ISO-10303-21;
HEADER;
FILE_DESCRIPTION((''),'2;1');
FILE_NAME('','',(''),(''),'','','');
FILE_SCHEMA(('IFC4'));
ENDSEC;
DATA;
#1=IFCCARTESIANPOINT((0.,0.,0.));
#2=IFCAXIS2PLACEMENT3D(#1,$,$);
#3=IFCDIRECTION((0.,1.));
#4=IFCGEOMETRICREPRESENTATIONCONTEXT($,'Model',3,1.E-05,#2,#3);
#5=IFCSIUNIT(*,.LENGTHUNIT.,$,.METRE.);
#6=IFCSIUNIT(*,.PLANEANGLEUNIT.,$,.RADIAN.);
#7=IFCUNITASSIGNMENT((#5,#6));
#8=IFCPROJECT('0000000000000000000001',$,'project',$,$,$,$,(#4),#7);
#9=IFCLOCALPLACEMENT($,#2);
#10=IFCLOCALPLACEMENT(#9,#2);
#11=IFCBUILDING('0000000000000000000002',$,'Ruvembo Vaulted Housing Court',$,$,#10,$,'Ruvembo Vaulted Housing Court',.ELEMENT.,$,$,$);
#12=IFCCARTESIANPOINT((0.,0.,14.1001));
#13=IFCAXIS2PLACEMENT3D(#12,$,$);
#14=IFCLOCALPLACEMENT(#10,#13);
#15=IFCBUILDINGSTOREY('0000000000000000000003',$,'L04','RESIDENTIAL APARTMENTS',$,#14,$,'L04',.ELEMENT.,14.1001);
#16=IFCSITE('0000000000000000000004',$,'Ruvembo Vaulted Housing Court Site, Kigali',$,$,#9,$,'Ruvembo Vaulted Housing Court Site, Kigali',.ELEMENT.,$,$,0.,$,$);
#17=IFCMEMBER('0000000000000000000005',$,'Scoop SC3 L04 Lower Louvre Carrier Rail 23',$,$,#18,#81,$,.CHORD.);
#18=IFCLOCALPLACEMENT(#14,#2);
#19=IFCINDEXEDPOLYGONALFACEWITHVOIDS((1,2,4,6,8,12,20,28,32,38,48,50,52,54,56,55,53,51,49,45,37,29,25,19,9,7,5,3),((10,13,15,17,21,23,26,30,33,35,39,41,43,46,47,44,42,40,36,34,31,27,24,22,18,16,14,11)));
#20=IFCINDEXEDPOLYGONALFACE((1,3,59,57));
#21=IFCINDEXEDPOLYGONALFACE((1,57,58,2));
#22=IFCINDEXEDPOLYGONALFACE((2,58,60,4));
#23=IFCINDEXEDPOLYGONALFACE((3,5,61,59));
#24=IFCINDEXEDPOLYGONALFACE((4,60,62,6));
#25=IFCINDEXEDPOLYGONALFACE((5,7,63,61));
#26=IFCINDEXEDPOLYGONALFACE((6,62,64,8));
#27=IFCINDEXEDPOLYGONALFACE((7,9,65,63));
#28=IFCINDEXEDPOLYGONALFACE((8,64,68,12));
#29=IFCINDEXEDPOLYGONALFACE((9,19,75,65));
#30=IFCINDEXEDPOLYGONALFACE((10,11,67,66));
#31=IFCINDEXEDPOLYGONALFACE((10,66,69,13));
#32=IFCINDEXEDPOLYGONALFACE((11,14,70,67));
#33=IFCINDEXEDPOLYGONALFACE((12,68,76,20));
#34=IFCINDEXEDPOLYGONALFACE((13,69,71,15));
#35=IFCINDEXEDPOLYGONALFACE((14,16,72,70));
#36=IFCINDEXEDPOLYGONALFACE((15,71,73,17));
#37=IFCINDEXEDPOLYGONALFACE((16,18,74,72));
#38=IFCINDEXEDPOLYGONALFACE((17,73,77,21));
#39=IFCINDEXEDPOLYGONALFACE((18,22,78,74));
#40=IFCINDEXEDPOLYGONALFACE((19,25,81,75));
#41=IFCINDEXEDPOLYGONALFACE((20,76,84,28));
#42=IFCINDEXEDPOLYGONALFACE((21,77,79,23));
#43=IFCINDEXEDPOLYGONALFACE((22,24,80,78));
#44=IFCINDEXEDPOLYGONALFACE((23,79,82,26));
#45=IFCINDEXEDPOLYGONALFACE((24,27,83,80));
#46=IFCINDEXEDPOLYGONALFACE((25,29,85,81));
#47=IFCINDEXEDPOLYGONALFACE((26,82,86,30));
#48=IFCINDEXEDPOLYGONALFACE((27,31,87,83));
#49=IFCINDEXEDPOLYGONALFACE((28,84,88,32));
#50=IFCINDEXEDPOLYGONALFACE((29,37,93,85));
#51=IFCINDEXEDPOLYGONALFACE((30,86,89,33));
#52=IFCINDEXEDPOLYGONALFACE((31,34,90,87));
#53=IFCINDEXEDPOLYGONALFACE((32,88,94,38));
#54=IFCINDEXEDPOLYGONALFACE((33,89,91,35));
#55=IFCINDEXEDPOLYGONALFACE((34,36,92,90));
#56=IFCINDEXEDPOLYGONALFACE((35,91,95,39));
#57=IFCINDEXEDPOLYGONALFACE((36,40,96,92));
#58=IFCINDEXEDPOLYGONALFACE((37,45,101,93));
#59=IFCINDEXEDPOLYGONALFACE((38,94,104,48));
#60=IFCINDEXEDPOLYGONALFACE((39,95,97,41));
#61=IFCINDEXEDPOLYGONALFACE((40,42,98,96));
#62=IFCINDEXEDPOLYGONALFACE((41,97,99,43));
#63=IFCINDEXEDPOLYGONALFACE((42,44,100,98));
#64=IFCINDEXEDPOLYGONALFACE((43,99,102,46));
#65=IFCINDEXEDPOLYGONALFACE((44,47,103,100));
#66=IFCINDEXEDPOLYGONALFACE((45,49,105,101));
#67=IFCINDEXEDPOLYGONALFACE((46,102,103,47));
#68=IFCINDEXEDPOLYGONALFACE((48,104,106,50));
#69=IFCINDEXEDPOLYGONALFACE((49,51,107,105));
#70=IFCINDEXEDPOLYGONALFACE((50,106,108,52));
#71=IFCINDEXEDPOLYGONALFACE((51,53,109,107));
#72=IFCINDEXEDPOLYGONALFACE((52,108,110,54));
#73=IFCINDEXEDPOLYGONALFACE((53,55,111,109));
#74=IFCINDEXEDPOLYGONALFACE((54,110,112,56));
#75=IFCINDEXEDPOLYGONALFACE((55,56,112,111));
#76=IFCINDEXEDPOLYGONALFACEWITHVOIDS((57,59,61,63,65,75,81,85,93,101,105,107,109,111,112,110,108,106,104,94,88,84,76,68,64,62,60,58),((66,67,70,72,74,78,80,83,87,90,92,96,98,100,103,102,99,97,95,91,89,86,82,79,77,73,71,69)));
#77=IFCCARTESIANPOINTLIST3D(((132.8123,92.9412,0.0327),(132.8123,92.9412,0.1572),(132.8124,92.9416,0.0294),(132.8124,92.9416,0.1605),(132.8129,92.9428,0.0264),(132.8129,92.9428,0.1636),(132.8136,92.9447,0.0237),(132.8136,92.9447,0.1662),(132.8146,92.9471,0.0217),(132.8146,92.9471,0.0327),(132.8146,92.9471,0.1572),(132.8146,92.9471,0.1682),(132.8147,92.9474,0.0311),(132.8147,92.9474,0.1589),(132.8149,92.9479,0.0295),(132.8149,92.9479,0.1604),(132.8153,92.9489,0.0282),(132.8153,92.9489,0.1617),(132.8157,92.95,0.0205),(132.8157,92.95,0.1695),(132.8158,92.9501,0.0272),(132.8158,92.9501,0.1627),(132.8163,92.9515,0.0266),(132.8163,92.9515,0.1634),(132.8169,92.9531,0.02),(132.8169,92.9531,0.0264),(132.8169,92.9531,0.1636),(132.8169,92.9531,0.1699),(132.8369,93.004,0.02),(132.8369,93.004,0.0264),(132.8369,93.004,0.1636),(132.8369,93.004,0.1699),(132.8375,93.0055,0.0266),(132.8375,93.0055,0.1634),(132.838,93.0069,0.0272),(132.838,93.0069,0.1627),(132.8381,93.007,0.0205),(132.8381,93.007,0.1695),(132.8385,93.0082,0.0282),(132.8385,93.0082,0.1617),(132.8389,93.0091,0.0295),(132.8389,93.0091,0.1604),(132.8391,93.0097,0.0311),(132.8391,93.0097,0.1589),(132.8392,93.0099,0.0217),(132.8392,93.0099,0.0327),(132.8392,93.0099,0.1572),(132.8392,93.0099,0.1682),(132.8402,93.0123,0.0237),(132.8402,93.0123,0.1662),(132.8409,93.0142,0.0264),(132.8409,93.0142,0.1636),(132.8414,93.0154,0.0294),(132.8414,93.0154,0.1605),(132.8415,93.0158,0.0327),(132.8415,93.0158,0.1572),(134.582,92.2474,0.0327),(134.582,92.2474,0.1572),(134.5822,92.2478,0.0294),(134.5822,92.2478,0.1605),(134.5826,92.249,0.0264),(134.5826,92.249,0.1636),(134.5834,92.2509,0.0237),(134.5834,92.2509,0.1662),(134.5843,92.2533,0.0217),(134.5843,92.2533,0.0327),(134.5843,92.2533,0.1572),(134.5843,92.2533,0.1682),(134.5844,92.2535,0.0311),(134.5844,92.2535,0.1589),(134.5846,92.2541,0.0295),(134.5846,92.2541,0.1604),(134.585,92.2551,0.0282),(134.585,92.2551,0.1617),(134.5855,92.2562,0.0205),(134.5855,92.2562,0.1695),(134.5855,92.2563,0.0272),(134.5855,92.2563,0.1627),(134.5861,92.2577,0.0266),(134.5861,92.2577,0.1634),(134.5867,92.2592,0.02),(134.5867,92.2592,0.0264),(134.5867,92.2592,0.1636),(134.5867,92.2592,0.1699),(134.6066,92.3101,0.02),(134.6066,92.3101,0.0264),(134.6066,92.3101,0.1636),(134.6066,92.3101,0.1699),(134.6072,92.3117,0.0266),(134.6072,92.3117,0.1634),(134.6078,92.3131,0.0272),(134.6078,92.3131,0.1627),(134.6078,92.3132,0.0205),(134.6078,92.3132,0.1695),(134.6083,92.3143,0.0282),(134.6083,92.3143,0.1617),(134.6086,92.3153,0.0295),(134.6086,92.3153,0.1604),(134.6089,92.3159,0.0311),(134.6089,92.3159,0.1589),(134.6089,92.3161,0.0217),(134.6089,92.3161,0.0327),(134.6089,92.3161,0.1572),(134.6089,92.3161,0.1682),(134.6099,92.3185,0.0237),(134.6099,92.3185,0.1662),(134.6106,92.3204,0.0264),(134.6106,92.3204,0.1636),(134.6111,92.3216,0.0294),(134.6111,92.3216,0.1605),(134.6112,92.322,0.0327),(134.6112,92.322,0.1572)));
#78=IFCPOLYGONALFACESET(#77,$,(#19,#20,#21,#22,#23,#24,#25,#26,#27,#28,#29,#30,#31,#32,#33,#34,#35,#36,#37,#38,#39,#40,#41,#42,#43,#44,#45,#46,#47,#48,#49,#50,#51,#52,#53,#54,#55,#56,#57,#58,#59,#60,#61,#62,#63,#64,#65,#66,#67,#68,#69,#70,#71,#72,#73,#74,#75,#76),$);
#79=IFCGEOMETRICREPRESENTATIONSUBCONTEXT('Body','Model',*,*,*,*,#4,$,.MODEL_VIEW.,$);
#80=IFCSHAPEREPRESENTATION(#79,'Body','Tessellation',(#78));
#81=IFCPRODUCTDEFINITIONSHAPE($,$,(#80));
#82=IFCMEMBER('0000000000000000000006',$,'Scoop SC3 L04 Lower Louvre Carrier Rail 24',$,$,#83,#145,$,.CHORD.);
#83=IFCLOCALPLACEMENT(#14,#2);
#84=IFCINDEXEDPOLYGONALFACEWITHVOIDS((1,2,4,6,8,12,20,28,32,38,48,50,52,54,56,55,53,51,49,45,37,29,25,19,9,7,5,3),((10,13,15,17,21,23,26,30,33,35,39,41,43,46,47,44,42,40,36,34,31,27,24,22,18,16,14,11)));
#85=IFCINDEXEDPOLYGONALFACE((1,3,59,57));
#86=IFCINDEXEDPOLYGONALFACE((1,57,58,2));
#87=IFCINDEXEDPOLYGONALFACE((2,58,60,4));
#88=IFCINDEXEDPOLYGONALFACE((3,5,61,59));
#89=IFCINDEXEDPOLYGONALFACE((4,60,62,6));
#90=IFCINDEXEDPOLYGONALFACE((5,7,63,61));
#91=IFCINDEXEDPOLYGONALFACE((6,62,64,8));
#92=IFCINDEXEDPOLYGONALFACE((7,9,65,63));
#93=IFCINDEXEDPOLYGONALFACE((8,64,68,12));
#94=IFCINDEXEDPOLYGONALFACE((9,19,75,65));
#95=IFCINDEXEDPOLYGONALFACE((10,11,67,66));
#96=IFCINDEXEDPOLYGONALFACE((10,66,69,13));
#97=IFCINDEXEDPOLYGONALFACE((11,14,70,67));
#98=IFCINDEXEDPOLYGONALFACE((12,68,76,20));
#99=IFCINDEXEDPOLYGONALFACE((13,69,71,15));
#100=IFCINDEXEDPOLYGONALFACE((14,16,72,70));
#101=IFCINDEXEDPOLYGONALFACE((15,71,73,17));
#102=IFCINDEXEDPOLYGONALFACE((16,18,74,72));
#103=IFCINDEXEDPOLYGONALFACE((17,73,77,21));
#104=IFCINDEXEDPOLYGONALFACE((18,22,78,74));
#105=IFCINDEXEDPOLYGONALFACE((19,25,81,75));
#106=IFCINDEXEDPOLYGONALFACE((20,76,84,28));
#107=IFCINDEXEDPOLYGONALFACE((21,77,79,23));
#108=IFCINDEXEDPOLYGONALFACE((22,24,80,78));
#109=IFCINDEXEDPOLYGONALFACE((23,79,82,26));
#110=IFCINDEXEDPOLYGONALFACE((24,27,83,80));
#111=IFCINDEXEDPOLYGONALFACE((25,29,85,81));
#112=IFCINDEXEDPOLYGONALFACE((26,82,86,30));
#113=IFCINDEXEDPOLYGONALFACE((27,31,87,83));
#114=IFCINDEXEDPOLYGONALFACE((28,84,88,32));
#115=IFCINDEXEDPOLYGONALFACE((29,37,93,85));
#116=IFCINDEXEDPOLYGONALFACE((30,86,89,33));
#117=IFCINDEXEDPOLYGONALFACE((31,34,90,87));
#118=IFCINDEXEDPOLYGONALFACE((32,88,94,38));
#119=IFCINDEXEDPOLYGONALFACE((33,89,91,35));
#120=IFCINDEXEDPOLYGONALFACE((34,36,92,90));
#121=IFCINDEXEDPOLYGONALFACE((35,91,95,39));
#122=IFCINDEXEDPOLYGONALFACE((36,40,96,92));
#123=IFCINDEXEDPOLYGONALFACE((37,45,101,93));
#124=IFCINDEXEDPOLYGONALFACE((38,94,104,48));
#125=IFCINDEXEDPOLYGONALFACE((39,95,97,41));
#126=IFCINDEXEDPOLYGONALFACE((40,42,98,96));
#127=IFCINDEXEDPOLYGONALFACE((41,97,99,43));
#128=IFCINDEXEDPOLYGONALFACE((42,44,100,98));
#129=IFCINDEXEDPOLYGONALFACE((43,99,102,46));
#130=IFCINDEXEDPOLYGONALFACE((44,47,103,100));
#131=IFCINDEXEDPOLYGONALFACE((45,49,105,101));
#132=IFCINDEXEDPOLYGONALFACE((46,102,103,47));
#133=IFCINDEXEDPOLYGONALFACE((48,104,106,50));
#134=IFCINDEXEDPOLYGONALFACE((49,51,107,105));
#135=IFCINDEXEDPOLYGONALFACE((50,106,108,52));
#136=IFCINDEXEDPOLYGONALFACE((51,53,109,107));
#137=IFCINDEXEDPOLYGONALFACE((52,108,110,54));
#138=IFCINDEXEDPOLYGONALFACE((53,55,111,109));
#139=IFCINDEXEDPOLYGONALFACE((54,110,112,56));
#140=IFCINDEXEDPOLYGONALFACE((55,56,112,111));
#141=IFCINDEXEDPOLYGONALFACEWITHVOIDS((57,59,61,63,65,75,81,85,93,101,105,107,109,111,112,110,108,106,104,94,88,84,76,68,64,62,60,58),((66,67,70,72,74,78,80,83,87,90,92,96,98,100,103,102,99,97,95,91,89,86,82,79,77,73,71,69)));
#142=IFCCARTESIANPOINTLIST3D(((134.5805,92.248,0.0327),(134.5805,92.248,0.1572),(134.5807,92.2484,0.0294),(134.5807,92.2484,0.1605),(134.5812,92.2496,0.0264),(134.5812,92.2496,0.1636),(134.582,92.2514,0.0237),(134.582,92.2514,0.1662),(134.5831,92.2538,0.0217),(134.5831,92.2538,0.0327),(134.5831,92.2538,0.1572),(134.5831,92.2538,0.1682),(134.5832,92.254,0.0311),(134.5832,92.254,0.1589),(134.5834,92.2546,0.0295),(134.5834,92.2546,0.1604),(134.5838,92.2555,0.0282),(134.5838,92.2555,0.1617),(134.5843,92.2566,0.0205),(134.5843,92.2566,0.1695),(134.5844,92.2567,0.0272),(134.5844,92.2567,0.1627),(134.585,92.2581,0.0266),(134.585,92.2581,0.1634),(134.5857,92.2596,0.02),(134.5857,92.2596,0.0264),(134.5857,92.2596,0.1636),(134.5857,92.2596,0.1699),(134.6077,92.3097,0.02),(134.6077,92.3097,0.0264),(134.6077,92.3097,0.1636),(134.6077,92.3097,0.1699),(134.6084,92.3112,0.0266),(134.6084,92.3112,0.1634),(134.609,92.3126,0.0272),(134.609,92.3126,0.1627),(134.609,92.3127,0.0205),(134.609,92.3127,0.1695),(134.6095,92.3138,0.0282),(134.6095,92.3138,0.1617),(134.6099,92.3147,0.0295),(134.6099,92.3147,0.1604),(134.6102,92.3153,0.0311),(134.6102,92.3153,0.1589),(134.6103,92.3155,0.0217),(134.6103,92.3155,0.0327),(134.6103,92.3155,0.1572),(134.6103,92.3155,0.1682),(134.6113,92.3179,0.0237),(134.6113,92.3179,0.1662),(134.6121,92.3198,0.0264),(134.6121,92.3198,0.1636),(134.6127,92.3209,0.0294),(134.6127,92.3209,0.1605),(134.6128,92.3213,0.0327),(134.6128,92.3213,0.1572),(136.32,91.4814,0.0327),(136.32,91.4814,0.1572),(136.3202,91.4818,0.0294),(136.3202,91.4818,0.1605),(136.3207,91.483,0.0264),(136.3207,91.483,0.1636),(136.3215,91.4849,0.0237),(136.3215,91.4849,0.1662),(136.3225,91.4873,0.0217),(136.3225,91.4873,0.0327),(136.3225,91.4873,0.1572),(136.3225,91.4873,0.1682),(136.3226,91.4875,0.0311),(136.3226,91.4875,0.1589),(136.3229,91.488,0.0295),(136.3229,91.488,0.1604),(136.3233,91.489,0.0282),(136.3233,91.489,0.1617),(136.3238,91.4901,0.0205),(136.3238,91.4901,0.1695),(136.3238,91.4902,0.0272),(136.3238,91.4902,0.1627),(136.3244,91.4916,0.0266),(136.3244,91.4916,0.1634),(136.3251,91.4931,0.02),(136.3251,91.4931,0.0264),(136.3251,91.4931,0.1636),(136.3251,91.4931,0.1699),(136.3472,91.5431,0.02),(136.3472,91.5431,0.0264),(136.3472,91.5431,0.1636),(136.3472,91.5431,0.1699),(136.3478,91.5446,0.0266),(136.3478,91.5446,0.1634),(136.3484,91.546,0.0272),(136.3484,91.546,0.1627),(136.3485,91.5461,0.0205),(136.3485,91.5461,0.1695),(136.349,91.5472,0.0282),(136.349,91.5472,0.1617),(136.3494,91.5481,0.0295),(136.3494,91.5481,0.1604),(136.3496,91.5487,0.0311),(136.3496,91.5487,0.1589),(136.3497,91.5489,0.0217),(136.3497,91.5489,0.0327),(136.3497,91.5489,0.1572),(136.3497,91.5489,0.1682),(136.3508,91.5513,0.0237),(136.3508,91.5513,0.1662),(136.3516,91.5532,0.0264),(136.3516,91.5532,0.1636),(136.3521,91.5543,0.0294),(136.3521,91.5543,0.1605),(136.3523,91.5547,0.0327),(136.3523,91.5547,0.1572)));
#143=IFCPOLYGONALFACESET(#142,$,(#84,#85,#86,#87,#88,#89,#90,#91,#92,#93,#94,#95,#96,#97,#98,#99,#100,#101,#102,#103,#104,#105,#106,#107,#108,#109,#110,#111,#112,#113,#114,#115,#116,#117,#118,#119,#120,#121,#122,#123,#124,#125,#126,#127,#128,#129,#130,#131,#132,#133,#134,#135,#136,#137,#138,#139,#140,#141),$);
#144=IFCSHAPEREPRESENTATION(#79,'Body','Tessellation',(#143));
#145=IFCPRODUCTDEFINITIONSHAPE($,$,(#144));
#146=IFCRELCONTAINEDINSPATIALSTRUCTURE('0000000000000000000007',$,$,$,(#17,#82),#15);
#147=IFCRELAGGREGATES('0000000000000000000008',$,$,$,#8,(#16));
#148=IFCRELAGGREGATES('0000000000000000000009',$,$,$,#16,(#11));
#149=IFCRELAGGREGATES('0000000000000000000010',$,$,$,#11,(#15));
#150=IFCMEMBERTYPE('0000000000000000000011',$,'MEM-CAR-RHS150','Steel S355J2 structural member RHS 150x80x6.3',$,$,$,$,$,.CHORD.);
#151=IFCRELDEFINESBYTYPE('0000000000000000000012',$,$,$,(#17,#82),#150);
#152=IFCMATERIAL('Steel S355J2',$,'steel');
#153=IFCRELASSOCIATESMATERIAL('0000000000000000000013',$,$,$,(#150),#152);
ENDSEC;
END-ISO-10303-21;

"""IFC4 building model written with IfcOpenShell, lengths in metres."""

from ifc_helpers import new_model, si_unit, direction, frame, origin, origin_2d, place, context, subcontext, project, spatial, hollow_rectangle, extrude, material, material_profile, profile_set, type_object, element, save


model = new_model("IFC4")

# Units and contexts
model_context = context("Model", 3, precision=1e-05, world=origin(), true_north=direction((0.0, 1.0)))
body_context = subcontext(model_context, "Body", "Model", "MODEL_VIEW")
ifc_project = project(units=[si_unit("LENGTHUNIT", "METRE"), si_unit("PLANEANGLEUNIT", "RADIAN")], contexts=[model_context])

# Site, building, storey
site_placement = place(None, origin())
site = spatial("IfcSite", under=ifc_project, at=site_placement, Name="Ruvembo Vaulted Housing Court Site, Kigali", LongName="Ruvembo Vaulted Housing Court Site, Kigali", CompositionType="ELEMENT", RefElevation=0.0)
building_placement = place(site_placement, origin())
building = spatial("IfcBuilding", under=site, at=building_placement, Name="Ruvembo Vaulted Housing Court", LongName="Ruvembo Vaulted Housing Court", CompositionType="ELEMENT")
storey_placement = place(building_placement, frame((0.0, 0.0, 14.1001)))
storey = spatial("IfcBuildingStorey", under=building, at=storey_placement, Name="L04", Description="RESIDENTIAL APARTMENTS", LongName="L04", CompositionType="ELEMENT", Elevation=14.1001)

# Shared definitions
ifc_material_1 = material(Name="Steel S355J2", Category="steel")

# Members
ifc_material_profile_1 = material_profile(ifc_material_1, hollow_rectangle(XDim=0.0801, YDim=0.1499, WallThickness=0.0063, InnerFilletRadius=0.0063, OuterFilletRadius=0.0127, at=origin_2d()), Name="RHS 150x80x6.3")
ifc_profile_set_1 = profile_set([ifc_material_profile_1], Name="Steel S355J2")
member_type_1 = type_object("IfcMemberType", Name="MEM-CAR-RHS150", Description="Steel S355J2 structural member RHS 150x80x6.3", PredefinedType="CHORD", material=ifc_profile_set_1)
for number, where, z_axis, x_axis, name in (
    (1, (132.8269, 92.9785, 0.095), (0.931006, -0.365005, 0.0), (0.365005, 0.931006, 0.0), "Scoop SC3 L04 Lower Louvre Carrier Rail 23"),
    (2, (134.5967, 92.2847, 0.095), (0.915078, -0.403277, 0.0), (0.403277, 0.915078, 0.0), "Scoop SC3 L04 Lower Louvre Carrier Rail 24"),
):
    element("IfcMember", number, at=place(storey_placement, frame(where, z_axis=z_axis, x_axis=x_axis)), inside=storey, type_object=member_type_1, Name=name, PredefinedType="CHORD", context=body_context, shape_type="SweptSolid", body=[
        extrude(hollow_rectangle(XDim=0.0801, YDim=0.1499, WallThickness=0.0063, InnerFilletRadius=0.0063, OuterFilletRadius=0.0127, at=origin_2d()), origin(), (0.0, 0.0, 1.0), 1.9009),
    ])

save(model, "model.ifc")
